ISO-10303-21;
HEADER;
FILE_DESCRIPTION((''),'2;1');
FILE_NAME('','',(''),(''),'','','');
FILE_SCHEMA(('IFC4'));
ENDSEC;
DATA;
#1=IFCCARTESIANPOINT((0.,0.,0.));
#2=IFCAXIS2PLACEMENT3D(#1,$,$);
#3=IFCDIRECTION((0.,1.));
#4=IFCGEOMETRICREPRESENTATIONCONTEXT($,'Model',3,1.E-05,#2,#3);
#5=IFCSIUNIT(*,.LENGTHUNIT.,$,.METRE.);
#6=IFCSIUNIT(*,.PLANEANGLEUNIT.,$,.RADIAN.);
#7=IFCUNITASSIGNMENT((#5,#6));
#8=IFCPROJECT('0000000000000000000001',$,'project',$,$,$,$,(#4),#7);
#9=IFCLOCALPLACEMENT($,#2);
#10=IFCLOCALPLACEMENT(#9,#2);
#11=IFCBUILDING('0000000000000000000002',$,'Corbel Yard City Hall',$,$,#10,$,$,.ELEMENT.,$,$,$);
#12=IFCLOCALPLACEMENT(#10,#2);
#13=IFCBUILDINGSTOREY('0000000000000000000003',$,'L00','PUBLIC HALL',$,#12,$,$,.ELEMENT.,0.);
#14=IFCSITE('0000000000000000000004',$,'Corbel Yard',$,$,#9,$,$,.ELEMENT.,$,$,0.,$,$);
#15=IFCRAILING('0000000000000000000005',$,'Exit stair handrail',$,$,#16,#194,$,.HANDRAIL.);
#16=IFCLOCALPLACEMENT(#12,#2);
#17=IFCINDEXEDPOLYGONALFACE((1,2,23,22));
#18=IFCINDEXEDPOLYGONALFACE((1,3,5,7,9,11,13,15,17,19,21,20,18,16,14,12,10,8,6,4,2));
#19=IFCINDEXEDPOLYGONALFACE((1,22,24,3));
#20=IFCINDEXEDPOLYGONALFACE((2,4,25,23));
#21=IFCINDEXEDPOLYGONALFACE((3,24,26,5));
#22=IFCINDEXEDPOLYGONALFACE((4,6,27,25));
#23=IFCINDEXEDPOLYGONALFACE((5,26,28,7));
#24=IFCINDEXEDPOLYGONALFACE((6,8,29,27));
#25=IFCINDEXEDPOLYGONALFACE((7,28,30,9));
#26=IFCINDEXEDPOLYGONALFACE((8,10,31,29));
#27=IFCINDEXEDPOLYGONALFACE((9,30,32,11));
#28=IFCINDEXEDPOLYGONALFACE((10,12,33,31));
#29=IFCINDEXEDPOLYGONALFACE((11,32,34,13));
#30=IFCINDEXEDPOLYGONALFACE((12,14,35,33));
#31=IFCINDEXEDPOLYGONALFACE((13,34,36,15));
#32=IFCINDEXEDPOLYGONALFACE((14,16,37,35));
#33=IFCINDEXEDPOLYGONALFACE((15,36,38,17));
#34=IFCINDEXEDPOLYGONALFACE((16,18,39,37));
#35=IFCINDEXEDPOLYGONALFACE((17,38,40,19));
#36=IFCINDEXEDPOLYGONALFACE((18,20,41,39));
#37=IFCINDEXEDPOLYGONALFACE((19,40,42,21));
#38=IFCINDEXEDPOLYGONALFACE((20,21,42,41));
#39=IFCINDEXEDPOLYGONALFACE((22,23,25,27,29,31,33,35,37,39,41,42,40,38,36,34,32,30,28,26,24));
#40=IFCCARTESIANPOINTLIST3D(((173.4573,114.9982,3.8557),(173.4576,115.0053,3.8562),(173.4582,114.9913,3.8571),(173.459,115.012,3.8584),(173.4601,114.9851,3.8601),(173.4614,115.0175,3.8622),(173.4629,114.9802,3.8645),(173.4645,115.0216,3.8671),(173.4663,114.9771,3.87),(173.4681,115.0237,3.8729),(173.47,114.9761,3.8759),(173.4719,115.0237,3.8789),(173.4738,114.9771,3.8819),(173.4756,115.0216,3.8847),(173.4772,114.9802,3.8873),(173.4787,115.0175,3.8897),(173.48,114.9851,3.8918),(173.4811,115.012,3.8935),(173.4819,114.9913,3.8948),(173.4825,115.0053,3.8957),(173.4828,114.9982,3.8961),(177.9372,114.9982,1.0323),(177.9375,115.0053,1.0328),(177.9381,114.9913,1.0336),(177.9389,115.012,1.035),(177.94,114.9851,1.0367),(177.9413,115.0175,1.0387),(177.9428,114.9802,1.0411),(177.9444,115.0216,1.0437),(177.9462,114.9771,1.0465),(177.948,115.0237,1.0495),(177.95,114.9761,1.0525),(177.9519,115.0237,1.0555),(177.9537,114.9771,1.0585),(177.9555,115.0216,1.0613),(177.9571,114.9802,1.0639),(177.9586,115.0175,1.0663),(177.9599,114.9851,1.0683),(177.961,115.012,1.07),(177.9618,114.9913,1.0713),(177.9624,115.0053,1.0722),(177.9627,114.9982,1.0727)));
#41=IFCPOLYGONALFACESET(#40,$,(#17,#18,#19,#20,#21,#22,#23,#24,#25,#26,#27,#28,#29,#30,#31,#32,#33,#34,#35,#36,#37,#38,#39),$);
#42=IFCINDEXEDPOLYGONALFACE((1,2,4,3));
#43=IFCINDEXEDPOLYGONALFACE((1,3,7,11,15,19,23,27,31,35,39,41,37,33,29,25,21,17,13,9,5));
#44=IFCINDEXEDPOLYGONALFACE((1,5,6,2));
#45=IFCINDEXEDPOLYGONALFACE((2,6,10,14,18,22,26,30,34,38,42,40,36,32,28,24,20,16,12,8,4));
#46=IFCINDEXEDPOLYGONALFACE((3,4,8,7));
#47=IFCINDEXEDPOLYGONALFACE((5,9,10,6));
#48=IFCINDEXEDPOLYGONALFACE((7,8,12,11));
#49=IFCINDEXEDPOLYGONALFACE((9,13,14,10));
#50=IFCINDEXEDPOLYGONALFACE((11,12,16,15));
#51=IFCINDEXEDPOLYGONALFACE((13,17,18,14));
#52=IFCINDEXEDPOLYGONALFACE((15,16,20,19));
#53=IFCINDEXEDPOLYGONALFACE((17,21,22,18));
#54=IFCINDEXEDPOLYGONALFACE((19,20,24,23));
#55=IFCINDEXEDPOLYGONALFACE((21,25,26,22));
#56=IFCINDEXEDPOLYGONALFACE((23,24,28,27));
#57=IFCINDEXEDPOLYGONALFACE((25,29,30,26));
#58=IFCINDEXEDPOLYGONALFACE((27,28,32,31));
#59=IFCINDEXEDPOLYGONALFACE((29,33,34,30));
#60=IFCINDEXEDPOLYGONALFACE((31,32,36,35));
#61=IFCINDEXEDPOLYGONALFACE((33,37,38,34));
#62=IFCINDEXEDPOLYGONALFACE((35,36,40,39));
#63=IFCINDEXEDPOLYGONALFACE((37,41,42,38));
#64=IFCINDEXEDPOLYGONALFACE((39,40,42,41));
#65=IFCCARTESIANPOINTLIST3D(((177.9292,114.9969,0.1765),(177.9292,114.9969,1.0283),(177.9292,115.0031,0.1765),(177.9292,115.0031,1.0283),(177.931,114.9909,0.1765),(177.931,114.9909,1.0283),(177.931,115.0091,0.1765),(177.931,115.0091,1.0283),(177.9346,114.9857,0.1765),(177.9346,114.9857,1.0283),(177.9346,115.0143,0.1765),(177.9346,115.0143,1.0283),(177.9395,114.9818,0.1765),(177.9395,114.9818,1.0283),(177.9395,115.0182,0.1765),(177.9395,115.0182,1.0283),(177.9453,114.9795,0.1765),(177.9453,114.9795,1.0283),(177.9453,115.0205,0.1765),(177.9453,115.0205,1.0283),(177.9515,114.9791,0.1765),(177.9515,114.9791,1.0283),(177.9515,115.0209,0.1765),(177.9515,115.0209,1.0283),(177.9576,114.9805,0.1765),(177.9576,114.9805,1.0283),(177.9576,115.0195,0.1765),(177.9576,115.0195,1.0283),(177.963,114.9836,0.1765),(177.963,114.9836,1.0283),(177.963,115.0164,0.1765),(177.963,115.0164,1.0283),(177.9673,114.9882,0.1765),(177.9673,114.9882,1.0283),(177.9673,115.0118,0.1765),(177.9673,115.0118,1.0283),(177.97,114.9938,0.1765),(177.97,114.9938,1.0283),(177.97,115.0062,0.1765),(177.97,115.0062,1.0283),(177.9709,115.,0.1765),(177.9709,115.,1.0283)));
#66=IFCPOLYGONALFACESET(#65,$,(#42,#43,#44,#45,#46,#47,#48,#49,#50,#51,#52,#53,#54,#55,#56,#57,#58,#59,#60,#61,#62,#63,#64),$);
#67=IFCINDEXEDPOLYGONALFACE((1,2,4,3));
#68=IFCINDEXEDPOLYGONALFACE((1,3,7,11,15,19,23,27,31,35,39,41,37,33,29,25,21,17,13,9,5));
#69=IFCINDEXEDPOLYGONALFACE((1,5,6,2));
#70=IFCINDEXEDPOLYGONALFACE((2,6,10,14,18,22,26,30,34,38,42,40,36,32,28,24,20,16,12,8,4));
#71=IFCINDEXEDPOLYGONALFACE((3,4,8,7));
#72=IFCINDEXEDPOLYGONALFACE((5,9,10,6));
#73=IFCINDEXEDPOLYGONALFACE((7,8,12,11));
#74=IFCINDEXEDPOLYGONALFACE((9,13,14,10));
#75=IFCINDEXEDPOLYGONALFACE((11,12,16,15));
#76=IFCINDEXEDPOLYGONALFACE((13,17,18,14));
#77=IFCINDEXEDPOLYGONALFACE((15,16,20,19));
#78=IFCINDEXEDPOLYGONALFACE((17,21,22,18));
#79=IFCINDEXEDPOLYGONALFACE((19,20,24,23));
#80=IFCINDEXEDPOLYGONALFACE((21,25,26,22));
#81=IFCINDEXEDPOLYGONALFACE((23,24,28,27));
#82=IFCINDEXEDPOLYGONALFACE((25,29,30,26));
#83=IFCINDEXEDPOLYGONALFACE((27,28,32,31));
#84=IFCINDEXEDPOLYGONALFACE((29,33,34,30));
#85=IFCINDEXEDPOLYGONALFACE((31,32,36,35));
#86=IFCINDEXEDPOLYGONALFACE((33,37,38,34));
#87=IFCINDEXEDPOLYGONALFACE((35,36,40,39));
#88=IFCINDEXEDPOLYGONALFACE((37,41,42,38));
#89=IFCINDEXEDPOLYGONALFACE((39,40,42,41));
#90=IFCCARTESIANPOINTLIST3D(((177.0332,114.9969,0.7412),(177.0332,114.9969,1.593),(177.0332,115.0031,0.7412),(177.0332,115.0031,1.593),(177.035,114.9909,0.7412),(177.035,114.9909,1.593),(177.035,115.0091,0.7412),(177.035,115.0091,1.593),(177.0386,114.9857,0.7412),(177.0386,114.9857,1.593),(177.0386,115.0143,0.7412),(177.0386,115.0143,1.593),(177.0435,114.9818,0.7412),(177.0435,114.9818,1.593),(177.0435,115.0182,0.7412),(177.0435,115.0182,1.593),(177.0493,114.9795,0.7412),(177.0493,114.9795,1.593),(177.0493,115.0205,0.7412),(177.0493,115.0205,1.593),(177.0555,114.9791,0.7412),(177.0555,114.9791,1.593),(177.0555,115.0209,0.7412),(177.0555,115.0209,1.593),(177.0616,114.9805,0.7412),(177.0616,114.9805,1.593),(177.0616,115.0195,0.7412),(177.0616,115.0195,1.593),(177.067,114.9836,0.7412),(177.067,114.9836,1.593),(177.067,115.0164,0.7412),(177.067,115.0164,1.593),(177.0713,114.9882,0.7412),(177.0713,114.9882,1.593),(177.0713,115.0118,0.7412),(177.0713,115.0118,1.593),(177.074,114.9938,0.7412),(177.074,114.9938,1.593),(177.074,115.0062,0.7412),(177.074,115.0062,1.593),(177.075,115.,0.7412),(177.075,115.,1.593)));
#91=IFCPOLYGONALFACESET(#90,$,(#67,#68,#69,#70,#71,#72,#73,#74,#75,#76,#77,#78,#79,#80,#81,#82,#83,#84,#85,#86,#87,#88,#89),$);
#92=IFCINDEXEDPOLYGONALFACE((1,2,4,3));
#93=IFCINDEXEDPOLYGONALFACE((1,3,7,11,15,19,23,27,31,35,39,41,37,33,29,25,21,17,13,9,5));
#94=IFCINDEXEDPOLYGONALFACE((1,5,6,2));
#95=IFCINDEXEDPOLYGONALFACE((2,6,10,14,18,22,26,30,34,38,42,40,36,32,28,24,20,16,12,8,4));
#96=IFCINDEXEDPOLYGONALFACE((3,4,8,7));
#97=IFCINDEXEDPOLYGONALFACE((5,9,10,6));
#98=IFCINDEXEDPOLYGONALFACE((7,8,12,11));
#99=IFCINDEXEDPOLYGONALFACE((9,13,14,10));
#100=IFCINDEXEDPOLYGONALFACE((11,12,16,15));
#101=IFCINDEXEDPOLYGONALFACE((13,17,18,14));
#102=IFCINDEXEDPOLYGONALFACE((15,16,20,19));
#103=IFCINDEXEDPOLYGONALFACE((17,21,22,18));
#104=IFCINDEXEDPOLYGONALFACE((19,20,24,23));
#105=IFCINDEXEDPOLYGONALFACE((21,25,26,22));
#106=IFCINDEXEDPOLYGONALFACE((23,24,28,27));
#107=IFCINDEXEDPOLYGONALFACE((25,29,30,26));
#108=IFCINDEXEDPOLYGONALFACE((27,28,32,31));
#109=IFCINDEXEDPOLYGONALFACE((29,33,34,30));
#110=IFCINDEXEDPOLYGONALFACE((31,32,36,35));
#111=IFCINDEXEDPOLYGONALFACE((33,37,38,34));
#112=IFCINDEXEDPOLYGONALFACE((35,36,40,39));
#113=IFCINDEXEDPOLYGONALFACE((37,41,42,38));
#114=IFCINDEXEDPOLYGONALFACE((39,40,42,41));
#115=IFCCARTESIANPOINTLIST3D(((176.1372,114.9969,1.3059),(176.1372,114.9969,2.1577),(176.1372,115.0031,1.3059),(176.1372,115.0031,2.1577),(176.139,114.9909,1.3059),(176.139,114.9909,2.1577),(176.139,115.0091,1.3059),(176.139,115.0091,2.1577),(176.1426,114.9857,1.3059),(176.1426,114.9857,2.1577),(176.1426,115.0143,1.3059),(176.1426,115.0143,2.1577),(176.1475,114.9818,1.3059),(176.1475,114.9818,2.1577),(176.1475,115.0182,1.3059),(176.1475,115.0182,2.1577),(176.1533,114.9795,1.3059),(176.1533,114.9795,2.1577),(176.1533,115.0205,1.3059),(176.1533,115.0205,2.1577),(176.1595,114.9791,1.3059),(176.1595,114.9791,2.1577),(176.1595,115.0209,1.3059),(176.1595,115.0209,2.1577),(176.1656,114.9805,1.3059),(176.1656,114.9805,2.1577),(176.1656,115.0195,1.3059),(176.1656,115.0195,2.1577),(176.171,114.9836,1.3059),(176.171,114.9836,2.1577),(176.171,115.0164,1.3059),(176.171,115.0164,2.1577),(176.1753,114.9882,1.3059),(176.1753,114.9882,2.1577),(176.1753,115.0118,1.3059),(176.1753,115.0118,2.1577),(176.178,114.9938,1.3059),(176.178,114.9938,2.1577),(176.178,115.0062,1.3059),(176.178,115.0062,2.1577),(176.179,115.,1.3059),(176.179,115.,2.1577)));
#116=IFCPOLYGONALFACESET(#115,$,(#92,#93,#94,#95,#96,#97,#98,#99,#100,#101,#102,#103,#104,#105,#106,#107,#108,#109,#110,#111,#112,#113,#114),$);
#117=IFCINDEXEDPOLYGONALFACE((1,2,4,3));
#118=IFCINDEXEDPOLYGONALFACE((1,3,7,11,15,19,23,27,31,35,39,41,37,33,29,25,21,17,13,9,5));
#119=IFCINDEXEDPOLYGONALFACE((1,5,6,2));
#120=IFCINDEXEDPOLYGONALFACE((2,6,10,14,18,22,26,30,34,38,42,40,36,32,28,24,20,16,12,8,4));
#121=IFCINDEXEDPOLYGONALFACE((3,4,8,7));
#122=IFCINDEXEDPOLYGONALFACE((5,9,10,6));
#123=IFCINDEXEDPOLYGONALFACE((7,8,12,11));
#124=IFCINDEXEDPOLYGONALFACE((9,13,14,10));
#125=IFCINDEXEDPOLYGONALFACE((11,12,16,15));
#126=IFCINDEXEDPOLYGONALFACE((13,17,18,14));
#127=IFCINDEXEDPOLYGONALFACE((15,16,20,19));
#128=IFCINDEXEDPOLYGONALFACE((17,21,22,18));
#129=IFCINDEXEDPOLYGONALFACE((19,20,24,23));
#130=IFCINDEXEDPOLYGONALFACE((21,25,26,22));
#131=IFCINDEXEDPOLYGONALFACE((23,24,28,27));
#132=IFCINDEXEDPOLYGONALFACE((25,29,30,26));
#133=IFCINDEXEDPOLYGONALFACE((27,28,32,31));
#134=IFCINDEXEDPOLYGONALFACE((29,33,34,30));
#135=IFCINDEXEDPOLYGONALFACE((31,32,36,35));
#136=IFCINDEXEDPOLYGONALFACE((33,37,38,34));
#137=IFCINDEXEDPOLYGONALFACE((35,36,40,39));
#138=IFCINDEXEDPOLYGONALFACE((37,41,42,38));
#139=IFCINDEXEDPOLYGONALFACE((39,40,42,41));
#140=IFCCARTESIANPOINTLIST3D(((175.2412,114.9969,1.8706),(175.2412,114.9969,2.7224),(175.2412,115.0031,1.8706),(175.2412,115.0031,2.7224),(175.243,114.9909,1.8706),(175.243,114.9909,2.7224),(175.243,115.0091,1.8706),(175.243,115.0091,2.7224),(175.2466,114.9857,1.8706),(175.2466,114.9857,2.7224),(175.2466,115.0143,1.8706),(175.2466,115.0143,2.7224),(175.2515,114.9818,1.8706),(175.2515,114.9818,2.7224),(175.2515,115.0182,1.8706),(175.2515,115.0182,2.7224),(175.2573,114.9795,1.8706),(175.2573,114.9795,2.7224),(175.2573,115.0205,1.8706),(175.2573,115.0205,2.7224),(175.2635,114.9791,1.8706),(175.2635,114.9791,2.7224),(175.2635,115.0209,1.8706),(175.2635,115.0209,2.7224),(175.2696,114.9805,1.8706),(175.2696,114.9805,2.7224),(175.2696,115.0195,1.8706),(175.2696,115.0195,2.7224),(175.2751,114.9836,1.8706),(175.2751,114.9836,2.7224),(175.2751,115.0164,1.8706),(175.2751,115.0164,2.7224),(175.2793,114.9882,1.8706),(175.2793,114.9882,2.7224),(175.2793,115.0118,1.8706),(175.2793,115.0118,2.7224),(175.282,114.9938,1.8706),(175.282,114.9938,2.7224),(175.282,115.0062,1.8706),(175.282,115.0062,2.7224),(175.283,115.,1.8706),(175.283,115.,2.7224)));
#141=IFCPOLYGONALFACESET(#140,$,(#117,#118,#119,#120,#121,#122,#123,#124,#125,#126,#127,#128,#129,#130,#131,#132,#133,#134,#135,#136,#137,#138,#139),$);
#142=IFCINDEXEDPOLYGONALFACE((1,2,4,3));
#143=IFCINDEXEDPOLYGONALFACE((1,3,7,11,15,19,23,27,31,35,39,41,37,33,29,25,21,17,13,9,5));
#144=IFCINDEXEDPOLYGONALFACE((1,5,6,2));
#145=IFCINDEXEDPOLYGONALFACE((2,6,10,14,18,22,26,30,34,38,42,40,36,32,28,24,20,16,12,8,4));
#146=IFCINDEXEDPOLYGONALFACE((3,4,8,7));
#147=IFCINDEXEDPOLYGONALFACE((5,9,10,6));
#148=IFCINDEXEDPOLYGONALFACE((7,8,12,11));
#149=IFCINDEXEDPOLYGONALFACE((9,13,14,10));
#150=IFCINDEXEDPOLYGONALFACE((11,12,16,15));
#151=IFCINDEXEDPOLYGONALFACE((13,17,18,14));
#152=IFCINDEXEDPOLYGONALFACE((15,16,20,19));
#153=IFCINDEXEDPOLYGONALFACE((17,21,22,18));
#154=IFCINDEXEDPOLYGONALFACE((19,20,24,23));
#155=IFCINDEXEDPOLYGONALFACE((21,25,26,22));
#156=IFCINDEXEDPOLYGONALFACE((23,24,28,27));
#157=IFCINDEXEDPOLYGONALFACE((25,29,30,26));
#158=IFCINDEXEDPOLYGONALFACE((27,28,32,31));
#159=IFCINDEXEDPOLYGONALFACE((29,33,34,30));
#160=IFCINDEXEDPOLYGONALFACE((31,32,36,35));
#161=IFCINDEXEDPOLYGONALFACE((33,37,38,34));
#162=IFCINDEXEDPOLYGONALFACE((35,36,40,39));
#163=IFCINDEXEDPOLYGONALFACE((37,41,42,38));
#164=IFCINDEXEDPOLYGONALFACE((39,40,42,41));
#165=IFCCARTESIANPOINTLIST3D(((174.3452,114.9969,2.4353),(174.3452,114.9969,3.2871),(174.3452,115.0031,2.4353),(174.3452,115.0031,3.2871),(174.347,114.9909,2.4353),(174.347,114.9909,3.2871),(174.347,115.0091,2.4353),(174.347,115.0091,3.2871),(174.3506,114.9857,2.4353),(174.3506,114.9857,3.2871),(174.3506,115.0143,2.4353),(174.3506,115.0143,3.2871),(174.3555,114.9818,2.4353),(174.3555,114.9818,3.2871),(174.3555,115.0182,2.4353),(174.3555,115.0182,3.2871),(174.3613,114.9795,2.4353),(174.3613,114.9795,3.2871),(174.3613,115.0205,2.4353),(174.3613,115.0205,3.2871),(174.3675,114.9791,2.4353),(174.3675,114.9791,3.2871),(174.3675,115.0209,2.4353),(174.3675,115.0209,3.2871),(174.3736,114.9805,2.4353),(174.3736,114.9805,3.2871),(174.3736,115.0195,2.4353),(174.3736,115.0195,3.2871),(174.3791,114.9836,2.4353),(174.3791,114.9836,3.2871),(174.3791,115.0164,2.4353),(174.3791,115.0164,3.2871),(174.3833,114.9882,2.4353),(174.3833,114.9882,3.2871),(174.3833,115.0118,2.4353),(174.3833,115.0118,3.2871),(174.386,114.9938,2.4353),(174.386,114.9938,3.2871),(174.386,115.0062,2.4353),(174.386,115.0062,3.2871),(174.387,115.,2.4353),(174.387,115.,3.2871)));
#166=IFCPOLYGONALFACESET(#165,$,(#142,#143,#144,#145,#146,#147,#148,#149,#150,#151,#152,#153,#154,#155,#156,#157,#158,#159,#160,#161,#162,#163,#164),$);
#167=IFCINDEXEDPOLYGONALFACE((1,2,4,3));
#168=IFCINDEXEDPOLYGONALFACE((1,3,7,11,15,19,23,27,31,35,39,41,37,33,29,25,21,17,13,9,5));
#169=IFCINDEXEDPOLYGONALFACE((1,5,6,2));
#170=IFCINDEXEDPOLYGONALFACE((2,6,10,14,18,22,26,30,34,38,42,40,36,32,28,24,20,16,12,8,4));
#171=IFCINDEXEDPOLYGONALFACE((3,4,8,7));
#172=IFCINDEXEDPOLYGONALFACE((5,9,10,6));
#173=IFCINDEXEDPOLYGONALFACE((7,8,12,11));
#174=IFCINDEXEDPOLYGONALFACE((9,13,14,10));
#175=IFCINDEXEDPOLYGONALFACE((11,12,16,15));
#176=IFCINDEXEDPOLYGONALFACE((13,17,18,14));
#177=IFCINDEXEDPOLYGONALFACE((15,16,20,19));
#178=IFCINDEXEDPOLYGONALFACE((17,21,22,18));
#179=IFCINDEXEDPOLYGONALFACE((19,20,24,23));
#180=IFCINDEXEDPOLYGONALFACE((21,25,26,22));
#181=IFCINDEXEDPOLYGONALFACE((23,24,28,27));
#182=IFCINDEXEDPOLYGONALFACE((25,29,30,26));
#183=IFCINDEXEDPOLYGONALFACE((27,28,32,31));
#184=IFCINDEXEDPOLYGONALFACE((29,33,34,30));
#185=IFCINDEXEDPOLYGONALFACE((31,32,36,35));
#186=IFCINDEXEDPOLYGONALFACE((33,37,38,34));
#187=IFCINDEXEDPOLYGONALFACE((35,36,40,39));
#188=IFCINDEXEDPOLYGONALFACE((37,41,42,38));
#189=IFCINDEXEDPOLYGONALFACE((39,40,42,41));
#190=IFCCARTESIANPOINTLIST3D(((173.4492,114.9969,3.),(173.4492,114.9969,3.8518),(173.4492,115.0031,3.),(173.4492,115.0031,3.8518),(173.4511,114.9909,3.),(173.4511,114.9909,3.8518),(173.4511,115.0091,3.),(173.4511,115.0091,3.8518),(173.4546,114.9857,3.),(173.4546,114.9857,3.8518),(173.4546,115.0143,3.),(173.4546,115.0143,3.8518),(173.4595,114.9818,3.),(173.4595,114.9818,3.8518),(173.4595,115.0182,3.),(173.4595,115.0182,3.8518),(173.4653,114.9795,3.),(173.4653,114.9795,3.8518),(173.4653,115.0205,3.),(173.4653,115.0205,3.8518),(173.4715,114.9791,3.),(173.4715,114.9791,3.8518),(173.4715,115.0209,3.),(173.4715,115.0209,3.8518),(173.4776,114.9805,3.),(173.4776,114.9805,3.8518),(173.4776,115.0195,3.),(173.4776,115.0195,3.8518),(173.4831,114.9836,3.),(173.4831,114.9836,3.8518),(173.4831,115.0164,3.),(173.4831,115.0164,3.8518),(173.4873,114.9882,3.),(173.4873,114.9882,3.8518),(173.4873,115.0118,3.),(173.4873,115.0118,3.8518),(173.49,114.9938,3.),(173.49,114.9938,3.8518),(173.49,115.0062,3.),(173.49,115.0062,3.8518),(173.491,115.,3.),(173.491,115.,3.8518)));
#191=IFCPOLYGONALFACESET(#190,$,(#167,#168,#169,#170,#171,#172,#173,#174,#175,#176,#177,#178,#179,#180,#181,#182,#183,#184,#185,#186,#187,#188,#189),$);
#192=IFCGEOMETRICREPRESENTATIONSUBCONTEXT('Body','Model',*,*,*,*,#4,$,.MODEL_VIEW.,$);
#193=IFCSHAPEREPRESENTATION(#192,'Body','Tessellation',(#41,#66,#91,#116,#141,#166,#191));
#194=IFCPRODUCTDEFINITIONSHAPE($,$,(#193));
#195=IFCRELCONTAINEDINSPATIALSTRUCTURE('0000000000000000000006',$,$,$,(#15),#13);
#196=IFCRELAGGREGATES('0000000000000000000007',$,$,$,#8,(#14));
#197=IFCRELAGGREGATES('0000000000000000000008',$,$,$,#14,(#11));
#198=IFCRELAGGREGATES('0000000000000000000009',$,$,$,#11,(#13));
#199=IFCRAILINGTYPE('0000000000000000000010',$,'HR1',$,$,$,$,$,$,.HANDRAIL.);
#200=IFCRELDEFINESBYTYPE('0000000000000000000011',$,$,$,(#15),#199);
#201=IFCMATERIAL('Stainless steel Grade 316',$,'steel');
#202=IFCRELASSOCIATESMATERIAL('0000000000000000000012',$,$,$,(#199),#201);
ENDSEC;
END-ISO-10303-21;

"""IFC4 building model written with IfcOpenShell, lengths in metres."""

from ifc_helpers import new_model, si_unit, direction, frame, origin, origin_2d, place, context, subcontext, project, spatial, circle, extrude, material, type_object, element, save


model = new_model("IFC4")

# Units and contexts
model_context = context("Model", 3, precision=1e-05, world=origin(), true_north=direction((0.0, 1.0)))
body_context = subcontext(model_context, "Body", "Model", "MODEL_VIEW")
ifc_project = project(units=[si_unit("LENGTHUNIT", "METRE"), si_unit("PLANEANGLEUNIT", "RADIAN")], contexts=[model_context])

# Site, building, storey
site_placement = place(None, origin())
site = spatial("IfcSite", under=ifc_project, at=site_placement, Name="Corbel Yard", CompositionType="ELEMENT", RefElevation=0.0)
building_placement = place(site_placement, origin())
building = spatial("IfcBuilding", under=site, at=building_placement, Name="Corbel Yard City Hall", CompositionType="ELEMENT")
storey_placement = place(building_placement, origin())
storey = spatial("IfcBuildingStorey", under=building, at=storey_placement, Name="L00", Description="PUBLIC HALL", CompositionType="ELEMENT", Elevation=0.0)

# Shared definitions
ifc_material_1 = material(Name="Stainless steel Grade 316", Category="steel")

# Railing
railing_type = type_object("IfcRailingType", Name="HR1", PredefinedType="HANDRAIL", material=ifc_material_1)
for number, where, name in (
    (1, (177.95, 115.0, 0.1765), "Exit stair handrail"),
):
    element("IfcRailing", number, at=place(storey_placement, frame(where)), inside=storey, type_object=railing_type, Name=name, PredefinedType="HANDRAIL", context=body_context, shape_type="SweptSolid", body=[
        extrude(circle(Radius=0.0239, at=origin_2d()), frame((0.0, 0.0, 0.876), z_axis=(-0.845998, 0.0, 0.533186), x_axis=(0.0, -1.0, 0.0)), (0.0, 0.0, 1.0), 5.2954),
        extrude(circle(Radius=0.021, at=origin_2d()), origin(), (0.0, 0.0, 1.0), 0.8518),
        extrude(circle(Radius=0.021, at=origin_2d()), frame((-0.896, 0.0, 0.5647)), (0.0, 0.0, 1.0), 0.8518),
        extrude(circle(Radius=0.021, at=origin_2d()), frame((-1.792, 0.0, 1.1294)), (0.0, 0.0, 1.0), 0.8518),
        extrude(circle(Radius=0.021, at=origin_2d()), frame((-2.688, 0.0, 1.6941)), (0.0, 0.0, 1.0), 0.8518),
        extrude(circle(Radius=0.021, at=origin_2d()), frame((-3.584, 0.0, 2.2588)), (0.0, 0.0, 1.0), 0.8518),
        extrude(circle(Radius=0.021, at=origin_2d()), frame((-4.48, 0.0, 2.8235)), (0.0, 0.0, 1.0), 0.8518),
    ])

save(model, "model.ifc")
